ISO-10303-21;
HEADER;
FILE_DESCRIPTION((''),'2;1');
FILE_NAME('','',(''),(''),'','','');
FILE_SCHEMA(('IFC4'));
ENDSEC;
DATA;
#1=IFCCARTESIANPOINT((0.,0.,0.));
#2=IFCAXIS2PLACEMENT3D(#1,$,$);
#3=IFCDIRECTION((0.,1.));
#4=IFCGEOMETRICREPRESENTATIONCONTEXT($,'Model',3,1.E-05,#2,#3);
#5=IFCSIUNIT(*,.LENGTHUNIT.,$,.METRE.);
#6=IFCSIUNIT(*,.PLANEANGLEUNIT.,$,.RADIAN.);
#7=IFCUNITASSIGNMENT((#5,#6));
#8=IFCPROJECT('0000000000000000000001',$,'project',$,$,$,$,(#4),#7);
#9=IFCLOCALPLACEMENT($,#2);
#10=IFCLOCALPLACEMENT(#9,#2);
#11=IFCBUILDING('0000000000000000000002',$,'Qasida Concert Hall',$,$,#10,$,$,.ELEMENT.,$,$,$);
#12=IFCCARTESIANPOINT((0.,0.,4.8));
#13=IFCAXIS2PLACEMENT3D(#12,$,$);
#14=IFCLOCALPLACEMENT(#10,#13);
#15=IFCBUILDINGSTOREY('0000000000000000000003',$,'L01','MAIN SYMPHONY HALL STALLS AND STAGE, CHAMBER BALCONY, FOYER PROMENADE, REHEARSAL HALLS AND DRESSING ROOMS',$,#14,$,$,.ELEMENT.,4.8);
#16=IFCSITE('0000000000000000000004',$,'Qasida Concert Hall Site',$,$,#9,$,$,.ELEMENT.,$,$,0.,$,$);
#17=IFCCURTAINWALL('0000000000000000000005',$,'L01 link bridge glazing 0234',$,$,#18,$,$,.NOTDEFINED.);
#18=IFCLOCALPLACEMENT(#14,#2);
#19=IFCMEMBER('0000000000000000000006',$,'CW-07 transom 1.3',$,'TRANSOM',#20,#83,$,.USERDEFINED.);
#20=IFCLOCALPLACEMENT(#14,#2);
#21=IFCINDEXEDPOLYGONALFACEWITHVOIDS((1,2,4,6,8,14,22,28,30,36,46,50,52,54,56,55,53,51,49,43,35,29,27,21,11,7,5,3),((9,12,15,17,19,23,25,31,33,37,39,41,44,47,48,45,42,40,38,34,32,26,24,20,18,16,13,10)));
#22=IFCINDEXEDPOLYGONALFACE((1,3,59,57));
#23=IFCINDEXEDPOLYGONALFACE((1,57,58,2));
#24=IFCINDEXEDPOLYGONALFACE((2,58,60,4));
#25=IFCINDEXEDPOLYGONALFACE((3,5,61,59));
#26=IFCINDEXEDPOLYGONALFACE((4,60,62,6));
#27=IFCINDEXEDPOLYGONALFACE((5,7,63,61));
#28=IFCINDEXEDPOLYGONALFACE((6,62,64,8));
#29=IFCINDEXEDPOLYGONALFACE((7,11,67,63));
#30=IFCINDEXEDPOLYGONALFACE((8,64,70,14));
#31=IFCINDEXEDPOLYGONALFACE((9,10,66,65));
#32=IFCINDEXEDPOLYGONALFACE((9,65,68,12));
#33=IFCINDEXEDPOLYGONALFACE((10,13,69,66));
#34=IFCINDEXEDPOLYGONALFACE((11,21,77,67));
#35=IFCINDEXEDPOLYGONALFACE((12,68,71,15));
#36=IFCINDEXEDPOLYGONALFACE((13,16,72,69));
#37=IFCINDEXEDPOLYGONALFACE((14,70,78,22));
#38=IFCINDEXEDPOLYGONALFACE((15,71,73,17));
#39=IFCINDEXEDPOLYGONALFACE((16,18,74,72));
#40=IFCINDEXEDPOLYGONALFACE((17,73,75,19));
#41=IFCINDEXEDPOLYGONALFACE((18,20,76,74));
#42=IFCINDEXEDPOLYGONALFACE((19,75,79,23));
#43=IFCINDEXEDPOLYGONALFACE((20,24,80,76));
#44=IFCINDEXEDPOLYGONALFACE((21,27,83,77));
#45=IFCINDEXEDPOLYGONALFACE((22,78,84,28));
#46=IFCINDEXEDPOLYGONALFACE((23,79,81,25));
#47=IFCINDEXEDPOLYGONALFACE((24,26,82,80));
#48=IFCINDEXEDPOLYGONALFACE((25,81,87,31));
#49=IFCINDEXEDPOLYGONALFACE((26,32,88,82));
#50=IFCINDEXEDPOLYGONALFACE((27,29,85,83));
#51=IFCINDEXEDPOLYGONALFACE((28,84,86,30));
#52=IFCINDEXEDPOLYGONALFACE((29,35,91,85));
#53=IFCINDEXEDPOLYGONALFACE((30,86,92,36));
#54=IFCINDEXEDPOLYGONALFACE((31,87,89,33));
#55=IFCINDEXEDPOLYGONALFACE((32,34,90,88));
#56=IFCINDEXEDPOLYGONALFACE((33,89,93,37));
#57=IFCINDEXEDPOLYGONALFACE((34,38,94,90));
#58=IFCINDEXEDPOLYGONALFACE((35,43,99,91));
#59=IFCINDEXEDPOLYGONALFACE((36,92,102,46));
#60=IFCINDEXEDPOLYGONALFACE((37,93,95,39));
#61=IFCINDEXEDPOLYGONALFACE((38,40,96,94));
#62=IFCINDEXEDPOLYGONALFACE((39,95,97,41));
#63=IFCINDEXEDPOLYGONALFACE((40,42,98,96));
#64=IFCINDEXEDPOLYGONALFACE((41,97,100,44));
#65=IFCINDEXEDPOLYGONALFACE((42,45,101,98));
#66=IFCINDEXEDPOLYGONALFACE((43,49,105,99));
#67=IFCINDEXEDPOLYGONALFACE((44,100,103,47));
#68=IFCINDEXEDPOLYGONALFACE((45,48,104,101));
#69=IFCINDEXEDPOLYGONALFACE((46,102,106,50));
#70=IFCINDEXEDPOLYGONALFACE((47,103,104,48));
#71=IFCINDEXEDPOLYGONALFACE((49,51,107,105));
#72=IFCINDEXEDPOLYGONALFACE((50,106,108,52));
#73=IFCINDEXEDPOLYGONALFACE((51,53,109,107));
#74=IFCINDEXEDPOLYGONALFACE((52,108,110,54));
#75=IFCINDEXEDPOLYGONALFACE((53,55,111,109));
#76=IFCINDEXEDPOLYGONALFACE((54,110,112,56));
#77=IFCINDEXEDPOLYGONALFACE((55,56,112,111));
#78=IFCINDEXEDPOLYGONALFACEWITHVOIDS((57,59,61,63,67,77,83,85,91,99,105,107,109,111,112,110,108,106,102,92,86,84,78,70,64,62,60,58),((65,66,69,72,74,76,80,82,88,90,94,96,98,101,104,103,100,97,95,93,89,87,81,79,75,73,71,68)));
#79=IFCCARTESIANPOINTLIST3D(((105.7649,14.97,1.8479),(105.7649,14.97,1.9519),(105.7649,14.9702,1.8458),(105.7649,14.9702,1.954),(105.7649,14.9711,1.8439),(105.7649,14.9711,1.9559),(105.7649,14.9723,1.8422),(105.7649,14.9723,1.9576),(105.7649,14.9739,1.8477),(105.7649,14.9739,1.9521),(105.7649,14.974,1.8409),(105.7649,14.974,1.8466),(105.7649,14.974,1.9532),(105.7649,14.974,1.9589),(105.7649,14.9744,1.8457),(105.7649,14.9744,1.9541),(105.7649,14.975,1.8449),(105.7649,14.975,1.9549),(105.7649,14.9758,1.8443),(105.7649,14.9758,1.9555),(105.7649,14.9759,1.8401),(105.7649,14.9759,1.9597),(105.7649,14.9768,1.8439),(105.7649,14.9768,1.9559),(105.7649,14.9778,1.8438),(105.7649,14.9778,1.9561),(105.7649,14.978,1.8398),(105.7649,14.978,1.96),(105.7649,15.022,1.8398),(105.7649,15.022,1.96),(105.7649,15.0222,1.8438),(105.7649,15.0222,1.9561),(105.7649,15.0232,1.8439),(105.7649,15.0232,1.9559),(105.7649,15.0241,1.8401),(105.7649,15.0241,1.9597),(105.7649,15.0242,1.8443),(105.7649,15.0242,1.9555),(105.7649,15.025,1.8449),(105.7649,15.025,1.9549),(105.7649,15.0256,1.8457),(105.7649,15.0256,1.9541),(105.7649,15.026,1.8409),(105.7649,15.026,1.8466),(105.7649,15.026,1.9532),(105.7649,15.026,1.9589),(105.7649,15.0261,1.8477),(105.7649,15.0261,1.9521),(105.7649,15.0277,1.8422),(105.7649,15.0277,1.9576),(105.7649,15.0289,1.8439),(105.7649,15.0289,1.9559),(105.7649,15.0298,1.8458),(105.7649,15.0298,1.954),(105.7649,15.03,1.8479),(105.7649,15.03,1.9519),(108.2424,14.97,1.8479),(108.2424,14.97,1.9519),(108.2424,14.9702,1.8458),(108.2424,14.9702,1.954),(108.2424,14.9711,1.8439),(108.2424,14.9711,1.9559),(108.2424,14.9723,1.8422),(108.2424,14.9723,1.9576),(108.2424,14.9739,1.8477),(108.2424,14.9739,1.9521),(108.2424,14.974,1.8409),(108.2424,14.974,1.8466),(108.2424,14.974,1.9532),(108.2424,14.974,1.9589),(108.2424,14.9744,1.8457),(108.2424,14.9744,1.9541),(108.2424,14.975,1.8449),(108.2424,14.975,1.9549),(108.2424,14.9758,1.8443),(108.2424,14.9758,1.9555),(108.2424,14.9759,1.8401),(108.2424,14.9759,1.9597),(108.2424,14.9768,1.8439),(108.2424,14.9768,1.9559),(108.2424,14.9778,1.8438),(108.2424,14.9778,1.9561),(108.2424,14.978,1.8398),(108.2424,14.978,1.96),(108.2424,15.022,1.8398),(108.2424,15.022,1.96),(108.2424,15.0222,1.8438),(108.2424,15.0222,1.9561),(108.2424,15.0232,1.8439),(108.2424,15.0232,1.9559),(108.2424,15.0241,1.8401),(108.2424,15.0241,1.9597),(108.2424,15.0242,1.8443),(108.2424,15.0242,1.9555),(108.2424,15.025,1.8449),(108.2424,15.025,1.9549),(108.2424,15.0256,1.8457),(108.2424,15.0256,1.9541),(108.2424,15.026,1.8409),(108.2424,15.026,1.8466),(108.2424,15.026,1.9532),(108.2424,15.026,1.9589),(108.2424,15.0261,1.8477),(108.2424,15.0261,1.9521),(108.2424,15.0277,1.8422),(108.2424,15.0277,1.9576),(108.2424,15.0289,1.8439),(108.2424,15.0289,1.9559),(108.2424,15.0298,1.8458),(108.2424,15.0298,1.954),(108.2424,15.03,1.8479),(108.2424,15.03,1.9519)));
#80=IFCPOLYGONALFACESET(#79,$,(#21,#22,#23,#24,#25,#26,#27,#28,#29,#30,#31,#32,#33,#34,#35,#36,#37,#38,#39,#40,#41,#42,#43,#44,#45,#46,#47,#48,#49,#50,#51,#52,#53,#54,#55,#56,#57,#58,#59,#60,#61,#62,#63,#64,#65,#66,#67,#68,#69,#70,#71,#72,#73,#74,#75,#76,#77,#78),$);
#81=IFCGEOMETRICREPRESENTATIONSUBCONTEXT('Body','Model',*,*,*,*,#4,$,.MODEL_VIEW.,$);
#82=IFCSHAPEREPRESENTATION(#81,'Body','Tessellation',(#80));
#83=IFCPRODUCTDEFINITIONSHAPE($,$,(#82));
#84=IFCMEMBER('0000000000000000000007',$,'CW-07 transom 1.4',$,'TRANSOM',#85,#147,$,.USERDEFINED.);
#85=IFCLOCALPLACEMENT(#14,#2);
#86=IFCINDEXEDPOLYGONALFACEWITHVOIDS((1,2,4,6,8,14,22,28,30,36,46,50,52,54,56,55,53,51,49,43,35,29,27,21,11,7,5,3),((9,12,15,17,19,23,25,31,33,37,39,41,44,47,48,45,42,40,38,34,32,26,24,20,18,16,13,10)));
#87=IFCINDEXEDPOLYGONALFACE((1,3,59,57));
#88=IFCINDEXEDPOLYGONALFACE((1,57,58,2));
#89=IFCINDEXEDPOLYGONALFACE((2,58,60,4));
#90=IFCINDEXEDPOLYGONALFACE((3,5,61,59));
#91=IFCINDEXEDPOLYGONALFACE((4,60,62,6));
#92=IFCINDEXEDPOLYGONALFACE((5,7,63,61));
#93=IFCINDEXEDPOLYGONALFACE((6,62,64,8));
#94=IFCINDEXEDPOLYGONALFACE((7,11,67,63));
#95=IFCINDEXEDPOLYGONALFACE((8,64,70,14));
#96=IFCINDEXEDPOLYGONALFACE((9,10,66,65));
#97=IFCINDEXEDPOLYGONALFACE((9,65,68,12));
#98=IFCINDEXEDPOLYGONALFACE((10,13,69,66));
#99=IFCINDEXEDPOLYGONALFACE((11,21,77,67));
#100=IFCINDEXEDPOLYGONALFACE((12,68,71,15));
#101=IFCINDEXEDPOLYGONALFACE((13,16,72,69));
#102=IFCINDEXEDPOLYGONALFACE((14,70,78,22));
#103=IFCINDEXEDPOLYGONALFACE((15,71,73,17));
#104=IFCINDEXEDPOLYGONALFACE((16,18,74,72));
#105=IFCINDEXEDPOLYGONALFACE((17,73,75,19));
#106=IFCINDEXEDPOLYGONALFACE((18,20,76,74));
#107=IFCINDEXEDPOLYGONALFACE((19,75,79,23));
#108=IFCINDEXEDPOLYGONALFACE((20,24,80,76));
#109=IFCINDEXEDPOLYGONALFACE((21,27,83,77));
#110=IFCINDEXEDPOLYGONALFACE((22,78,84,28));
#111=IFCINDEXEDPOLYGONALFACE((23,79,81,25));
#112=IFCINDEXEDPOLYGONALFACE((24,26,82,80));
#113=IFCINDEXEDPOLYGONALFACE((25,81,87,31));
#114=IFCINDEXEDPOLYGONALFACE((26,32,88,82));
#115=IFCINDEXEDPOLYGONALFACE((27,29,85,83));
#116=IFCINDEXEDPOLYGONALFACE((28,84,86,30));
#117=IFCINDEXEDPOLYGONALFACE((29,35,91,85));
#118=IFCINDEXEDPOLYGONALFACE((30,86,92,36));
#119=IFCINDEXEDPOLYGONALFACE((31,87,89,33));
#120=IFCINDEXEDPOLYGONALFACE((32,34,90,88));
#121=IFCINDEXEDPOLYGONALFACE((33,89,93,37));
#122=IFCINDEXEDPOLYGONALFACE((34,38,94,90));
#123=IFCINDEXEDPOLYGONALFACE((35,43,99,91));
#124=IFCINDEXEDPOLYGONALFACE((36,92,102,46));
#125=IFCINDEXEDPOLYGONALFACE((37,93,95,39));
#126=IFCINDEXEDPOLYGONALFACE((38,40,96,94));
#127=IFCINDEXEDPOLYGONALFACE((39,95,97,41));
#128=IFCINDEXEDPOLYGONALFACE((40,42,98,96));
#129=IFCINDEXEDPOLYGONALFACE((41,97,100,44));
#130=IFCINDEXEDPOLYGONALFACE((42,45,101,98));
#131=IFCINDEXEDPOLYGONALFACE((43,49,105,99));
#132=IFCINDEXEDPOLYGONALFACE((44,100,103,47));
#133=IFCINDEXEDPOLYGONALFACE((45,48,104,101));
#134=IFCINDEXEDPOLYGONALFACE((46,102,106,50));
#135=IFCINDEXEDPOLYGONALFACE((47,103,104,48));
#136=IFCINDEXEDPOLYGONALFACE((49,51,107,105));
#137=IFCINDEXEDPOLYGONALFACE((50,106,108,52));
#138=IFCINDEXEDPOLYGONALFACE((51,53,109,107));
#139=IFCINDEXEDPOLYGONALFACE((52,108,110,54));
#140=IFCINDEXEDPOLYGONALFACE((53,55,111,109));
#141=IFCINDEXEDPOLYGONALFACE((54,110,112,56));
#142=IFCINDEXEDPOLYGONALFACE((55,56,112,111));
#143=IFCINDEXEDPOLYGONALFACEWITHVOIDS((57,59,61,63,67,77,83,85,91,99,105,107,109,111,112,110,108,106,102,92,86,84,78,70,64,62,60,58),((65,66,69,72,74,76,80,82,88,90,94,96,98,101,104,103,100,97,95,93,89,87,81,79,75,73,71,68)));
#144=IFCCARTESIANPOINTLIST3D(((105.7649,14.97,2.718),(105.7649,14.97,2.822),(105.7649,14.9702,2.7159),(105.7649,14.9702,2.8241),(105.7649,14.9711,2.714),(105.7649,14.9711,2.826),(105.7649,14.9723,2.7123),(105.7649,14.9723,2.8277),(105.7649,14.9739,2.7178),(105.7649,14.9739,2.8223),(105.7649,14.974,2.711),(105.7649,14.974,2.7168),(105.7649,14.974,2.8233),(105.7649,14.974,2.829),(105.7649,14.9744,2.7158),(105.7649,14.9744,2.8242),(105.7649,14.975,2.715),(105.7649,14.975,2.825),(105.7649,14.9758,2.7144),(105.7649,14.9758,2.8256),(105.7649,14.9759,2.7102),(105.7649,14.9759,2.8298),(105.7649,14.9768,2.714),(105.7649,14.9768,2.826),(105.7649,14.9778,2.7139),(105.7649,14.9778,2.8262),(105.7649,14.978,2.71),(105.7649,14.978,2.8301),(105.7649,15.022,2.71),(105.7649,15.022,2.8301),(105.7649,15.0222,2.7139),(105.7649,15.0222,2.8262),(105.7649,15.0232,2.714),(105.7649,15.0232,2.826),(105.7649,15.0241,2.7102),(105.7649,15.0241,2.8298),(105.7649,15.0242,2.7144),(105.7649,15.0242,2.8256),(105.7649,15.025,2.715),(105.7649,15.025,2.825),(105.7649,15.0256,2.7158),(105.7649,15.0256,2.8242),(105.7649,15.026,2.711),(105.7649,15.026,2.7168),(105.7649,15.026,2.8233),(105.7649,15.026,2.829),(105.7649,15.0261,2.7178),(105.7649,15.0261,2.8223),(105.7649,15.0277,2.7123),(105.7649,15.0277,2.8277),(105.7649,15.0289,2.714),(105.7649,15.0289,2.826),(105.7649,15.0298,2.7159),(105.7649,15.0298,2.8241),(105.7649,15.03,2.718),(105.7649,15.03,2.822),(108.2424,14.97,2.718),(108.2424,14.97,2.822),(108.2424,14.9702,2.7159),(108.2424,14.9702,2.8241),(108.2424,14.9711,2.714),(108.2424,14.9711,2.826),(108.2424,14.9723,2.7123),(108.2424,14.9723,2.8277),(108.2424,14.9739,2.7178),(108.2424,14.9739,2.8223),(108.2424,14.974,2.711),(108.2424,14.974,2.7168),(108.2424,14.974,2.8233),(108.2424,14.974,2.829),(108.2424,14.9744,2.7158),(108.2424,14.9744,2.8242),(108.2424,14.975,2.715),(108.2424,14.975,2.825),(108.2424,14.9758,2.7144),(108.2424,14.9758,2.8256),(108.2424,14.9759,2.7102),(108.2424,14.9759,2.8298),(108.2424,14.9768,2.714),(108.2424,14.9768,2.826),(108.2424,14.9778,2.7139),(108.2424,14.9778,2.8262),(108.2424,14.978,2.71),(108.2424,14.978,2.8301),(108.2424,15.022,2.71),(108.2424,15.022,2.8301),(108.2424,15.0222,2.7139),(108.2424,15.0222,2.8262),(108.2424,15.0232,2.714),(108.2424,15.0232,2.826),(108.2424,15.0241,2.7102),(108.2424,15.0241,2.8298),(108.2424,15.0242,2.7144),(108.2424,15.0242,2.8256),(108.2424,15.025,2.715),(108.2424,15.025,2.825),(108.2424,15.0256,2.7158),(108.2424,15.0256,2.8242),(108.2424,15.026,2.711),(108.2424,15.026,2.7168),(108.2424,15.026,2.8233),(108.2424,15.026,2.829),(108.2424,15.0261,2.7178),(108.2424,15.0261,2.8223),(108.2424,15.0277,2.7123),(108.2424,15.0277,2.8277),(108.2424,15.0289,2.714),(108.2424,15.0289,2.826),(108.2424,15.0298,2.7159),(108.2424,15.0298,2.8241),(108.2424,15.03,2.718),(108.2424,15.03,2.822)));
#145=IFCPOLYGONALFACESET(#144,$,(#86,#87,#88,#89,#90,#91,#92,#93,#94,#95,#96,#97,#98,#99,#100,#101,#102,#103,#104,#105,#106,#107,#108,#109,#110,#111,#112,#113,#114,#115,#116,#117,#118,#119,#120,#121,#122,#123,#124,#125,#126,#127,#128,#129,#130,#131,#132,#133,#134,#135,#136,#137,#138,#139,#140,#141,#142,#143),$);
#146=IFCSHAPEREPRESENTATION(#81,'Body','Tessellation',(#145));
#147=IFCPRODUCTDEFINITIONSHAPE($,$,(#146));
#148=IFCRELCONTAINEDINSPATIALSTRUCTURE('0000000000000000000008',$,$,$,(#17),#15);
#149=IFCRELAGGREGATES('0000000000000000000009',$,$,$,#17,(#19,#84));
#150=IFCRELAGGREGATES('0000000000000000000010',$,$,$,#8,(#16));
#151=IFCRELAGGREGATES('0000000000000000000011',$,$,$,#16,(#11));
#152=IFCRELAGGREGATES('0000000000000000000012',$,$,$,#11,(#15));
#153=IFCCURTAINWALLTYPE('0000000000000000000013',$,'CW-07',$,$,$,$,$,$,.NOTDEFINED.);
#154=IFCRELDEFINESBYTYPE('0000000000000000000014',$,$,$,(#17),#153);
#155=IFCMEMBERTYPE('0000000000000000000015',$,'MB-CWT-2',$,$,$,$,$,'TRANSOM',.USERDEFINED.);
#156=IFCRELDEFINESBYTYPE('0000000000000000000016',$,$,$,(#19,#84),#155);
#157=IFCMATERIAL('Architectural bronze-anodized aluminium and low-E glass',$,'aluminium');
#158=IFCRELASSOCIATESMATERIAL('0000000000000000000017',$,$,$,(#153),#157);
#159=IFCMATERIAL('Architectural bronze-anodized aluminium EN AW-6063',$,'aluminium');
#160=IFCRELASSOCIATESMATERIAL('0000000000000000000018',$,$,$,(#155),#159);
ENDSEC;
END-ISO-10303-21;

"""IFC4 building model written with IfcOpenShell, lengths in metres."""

from ifc_helpers import new_model, si_unit, direction, frame, origin, origin_2d, place, context, subcontext, project, spatial, hollow_rectangle, extrude, material, material_profile, profile_set, type_object, element, aggregate, save


model = new_model("IFC4")

# Units and contexts
model_context = context("Model", 3, precision=1e-05, world=origin(), true_north=direction((0.0, 1.0)))
body_context = subcontext(model_context, "Body", "Model", "MODEL_VIEW")
ifc_project = project(units=[si_unit("LENGTHUNIT", "METRE"), si_unit("PLANEANGLEUNIT", "RADIAN")], contexts=[model_context])

# Site, building, storey
site_placement = place(None, origin())
site = spatial("IfcSite", under=ifc_project, at=site_placement, Name="Qasida Concert Hall Site", CompositionType="ELEMENT", RefElevation=0.0)
building_placement = place(site_placement, origin())
building = spatial("IfcBuilding", under=site, at=building_placement, Name="Qasida Concert Hall", CompositionType="ELEMENT")
storey_placement = place(building_placement, frame((0.0, 0.0, 4.8)))
storey = spatial("IfcBuildingStorey", under=building, at=storey_placement, Name="L01", Description="MAIN SYMPHONY HALL STALLS AND STAGE, CHAMBER BALCONY, FOYER PROMENADE, REHEARSAL HALLS AND DRESSING ROOMS", CompositionType="ELEMENT", Elevation=4.8)

# Curtain wall
ifc_material_1 = material(Name="Architectural bronze-anodized aluminium and low-E glass", Category="aluminium")
curtain_wall_type = type_object("IfcCurtainWallType", Name="CW-07", PredefinedType="NOTDEFINED", material=ifc_material_1)
curtain_wall_1_placement = place(storey_placement, origin())
curtain_wall_1 = element("IfcCurtainWall", 1, at=curtain_wall_1_placement, inside=storey, type_object=curtain_wall_type, Name="L01 link bridge glazing 0234", PredefinedType="NOTDEFINED")
ifc_material_2 = material(Name="Architectural bronze-anodized aluminium EN AW-6063", Category="aluminium")

# Members
ifc_material_profile_1 = material_profile(ifc_material_2, hollow_rectangle(XDim=0.0601, YDim=0.1201, WallThickness=0.0039, InnerFilletRadius=0.0039, OuterFilletRadius=0.0081, at=origin_2d()), Name="CWT 120x60x4")
ifc_profile_set_1 = profile_set([ifc_material_profile_1], Name="Architectural bronze-anodized aluminium EN AW-6063")
member_type_1 = type_object("IfcMemberType", Name="MB-CWT-2", ElementType="TRANSOM", PredefinedType="USERDEFINED", material=ifc_profile_set_1)
member_1_placement = place(storey_placement, frame((105.7649, 15.0, 1.8999), z_axis=(1.0, 0.0, 0.0), x_axis=(0.0, 1.0, 0.0)))
member_1 = element("IfcMember", 2, at=member_1_placement, type_object=member_type_1, Name="CW-07 transom 1.3", ObjectType="TRANSOM", PredefinedType="USERDEFINED", context=body_context, shape_type="SweptSolid", body=[
    extrude(hollow_rectangle(XDim=0.0601, YDim=0.1201, WallThickness=0.0039, InnerFilletRadius=0.0039, OuterFilletRadius=0.0081, at=origin_2d()), origin(), (0.0, 0.0, 1.0), 2.4775),
])
member_2_placement = place(storey_placement, frame((105.7649, 15.0, 2.77), z_axis=(1.0, 0.0, 0.0), x_axis=(0.0, 1.0, 0.0)))
member_2 = element("IfcMember", 3, at=member_2_placement, type_object=member_type_1, Name="CW-07 transom 1.4", ObjectType="TRANSOM", PredefinedType="USERDEFINED", context=body_context, shape_type="SweptSolid", body=[
    extrude(hollow_rectangle(XDim=0.0601, YDim=0.1201, WallThickness=0.0039, InnerFilletRadius=0.0039, OuterFilletRadius=0.0081, at=origin_2d()), origin(), (0.0, 0.0, 1.0), 2.4775),
])

aggregate(curtain_wall_1, [member_1, member_2])

save(model, "model.ifc")
